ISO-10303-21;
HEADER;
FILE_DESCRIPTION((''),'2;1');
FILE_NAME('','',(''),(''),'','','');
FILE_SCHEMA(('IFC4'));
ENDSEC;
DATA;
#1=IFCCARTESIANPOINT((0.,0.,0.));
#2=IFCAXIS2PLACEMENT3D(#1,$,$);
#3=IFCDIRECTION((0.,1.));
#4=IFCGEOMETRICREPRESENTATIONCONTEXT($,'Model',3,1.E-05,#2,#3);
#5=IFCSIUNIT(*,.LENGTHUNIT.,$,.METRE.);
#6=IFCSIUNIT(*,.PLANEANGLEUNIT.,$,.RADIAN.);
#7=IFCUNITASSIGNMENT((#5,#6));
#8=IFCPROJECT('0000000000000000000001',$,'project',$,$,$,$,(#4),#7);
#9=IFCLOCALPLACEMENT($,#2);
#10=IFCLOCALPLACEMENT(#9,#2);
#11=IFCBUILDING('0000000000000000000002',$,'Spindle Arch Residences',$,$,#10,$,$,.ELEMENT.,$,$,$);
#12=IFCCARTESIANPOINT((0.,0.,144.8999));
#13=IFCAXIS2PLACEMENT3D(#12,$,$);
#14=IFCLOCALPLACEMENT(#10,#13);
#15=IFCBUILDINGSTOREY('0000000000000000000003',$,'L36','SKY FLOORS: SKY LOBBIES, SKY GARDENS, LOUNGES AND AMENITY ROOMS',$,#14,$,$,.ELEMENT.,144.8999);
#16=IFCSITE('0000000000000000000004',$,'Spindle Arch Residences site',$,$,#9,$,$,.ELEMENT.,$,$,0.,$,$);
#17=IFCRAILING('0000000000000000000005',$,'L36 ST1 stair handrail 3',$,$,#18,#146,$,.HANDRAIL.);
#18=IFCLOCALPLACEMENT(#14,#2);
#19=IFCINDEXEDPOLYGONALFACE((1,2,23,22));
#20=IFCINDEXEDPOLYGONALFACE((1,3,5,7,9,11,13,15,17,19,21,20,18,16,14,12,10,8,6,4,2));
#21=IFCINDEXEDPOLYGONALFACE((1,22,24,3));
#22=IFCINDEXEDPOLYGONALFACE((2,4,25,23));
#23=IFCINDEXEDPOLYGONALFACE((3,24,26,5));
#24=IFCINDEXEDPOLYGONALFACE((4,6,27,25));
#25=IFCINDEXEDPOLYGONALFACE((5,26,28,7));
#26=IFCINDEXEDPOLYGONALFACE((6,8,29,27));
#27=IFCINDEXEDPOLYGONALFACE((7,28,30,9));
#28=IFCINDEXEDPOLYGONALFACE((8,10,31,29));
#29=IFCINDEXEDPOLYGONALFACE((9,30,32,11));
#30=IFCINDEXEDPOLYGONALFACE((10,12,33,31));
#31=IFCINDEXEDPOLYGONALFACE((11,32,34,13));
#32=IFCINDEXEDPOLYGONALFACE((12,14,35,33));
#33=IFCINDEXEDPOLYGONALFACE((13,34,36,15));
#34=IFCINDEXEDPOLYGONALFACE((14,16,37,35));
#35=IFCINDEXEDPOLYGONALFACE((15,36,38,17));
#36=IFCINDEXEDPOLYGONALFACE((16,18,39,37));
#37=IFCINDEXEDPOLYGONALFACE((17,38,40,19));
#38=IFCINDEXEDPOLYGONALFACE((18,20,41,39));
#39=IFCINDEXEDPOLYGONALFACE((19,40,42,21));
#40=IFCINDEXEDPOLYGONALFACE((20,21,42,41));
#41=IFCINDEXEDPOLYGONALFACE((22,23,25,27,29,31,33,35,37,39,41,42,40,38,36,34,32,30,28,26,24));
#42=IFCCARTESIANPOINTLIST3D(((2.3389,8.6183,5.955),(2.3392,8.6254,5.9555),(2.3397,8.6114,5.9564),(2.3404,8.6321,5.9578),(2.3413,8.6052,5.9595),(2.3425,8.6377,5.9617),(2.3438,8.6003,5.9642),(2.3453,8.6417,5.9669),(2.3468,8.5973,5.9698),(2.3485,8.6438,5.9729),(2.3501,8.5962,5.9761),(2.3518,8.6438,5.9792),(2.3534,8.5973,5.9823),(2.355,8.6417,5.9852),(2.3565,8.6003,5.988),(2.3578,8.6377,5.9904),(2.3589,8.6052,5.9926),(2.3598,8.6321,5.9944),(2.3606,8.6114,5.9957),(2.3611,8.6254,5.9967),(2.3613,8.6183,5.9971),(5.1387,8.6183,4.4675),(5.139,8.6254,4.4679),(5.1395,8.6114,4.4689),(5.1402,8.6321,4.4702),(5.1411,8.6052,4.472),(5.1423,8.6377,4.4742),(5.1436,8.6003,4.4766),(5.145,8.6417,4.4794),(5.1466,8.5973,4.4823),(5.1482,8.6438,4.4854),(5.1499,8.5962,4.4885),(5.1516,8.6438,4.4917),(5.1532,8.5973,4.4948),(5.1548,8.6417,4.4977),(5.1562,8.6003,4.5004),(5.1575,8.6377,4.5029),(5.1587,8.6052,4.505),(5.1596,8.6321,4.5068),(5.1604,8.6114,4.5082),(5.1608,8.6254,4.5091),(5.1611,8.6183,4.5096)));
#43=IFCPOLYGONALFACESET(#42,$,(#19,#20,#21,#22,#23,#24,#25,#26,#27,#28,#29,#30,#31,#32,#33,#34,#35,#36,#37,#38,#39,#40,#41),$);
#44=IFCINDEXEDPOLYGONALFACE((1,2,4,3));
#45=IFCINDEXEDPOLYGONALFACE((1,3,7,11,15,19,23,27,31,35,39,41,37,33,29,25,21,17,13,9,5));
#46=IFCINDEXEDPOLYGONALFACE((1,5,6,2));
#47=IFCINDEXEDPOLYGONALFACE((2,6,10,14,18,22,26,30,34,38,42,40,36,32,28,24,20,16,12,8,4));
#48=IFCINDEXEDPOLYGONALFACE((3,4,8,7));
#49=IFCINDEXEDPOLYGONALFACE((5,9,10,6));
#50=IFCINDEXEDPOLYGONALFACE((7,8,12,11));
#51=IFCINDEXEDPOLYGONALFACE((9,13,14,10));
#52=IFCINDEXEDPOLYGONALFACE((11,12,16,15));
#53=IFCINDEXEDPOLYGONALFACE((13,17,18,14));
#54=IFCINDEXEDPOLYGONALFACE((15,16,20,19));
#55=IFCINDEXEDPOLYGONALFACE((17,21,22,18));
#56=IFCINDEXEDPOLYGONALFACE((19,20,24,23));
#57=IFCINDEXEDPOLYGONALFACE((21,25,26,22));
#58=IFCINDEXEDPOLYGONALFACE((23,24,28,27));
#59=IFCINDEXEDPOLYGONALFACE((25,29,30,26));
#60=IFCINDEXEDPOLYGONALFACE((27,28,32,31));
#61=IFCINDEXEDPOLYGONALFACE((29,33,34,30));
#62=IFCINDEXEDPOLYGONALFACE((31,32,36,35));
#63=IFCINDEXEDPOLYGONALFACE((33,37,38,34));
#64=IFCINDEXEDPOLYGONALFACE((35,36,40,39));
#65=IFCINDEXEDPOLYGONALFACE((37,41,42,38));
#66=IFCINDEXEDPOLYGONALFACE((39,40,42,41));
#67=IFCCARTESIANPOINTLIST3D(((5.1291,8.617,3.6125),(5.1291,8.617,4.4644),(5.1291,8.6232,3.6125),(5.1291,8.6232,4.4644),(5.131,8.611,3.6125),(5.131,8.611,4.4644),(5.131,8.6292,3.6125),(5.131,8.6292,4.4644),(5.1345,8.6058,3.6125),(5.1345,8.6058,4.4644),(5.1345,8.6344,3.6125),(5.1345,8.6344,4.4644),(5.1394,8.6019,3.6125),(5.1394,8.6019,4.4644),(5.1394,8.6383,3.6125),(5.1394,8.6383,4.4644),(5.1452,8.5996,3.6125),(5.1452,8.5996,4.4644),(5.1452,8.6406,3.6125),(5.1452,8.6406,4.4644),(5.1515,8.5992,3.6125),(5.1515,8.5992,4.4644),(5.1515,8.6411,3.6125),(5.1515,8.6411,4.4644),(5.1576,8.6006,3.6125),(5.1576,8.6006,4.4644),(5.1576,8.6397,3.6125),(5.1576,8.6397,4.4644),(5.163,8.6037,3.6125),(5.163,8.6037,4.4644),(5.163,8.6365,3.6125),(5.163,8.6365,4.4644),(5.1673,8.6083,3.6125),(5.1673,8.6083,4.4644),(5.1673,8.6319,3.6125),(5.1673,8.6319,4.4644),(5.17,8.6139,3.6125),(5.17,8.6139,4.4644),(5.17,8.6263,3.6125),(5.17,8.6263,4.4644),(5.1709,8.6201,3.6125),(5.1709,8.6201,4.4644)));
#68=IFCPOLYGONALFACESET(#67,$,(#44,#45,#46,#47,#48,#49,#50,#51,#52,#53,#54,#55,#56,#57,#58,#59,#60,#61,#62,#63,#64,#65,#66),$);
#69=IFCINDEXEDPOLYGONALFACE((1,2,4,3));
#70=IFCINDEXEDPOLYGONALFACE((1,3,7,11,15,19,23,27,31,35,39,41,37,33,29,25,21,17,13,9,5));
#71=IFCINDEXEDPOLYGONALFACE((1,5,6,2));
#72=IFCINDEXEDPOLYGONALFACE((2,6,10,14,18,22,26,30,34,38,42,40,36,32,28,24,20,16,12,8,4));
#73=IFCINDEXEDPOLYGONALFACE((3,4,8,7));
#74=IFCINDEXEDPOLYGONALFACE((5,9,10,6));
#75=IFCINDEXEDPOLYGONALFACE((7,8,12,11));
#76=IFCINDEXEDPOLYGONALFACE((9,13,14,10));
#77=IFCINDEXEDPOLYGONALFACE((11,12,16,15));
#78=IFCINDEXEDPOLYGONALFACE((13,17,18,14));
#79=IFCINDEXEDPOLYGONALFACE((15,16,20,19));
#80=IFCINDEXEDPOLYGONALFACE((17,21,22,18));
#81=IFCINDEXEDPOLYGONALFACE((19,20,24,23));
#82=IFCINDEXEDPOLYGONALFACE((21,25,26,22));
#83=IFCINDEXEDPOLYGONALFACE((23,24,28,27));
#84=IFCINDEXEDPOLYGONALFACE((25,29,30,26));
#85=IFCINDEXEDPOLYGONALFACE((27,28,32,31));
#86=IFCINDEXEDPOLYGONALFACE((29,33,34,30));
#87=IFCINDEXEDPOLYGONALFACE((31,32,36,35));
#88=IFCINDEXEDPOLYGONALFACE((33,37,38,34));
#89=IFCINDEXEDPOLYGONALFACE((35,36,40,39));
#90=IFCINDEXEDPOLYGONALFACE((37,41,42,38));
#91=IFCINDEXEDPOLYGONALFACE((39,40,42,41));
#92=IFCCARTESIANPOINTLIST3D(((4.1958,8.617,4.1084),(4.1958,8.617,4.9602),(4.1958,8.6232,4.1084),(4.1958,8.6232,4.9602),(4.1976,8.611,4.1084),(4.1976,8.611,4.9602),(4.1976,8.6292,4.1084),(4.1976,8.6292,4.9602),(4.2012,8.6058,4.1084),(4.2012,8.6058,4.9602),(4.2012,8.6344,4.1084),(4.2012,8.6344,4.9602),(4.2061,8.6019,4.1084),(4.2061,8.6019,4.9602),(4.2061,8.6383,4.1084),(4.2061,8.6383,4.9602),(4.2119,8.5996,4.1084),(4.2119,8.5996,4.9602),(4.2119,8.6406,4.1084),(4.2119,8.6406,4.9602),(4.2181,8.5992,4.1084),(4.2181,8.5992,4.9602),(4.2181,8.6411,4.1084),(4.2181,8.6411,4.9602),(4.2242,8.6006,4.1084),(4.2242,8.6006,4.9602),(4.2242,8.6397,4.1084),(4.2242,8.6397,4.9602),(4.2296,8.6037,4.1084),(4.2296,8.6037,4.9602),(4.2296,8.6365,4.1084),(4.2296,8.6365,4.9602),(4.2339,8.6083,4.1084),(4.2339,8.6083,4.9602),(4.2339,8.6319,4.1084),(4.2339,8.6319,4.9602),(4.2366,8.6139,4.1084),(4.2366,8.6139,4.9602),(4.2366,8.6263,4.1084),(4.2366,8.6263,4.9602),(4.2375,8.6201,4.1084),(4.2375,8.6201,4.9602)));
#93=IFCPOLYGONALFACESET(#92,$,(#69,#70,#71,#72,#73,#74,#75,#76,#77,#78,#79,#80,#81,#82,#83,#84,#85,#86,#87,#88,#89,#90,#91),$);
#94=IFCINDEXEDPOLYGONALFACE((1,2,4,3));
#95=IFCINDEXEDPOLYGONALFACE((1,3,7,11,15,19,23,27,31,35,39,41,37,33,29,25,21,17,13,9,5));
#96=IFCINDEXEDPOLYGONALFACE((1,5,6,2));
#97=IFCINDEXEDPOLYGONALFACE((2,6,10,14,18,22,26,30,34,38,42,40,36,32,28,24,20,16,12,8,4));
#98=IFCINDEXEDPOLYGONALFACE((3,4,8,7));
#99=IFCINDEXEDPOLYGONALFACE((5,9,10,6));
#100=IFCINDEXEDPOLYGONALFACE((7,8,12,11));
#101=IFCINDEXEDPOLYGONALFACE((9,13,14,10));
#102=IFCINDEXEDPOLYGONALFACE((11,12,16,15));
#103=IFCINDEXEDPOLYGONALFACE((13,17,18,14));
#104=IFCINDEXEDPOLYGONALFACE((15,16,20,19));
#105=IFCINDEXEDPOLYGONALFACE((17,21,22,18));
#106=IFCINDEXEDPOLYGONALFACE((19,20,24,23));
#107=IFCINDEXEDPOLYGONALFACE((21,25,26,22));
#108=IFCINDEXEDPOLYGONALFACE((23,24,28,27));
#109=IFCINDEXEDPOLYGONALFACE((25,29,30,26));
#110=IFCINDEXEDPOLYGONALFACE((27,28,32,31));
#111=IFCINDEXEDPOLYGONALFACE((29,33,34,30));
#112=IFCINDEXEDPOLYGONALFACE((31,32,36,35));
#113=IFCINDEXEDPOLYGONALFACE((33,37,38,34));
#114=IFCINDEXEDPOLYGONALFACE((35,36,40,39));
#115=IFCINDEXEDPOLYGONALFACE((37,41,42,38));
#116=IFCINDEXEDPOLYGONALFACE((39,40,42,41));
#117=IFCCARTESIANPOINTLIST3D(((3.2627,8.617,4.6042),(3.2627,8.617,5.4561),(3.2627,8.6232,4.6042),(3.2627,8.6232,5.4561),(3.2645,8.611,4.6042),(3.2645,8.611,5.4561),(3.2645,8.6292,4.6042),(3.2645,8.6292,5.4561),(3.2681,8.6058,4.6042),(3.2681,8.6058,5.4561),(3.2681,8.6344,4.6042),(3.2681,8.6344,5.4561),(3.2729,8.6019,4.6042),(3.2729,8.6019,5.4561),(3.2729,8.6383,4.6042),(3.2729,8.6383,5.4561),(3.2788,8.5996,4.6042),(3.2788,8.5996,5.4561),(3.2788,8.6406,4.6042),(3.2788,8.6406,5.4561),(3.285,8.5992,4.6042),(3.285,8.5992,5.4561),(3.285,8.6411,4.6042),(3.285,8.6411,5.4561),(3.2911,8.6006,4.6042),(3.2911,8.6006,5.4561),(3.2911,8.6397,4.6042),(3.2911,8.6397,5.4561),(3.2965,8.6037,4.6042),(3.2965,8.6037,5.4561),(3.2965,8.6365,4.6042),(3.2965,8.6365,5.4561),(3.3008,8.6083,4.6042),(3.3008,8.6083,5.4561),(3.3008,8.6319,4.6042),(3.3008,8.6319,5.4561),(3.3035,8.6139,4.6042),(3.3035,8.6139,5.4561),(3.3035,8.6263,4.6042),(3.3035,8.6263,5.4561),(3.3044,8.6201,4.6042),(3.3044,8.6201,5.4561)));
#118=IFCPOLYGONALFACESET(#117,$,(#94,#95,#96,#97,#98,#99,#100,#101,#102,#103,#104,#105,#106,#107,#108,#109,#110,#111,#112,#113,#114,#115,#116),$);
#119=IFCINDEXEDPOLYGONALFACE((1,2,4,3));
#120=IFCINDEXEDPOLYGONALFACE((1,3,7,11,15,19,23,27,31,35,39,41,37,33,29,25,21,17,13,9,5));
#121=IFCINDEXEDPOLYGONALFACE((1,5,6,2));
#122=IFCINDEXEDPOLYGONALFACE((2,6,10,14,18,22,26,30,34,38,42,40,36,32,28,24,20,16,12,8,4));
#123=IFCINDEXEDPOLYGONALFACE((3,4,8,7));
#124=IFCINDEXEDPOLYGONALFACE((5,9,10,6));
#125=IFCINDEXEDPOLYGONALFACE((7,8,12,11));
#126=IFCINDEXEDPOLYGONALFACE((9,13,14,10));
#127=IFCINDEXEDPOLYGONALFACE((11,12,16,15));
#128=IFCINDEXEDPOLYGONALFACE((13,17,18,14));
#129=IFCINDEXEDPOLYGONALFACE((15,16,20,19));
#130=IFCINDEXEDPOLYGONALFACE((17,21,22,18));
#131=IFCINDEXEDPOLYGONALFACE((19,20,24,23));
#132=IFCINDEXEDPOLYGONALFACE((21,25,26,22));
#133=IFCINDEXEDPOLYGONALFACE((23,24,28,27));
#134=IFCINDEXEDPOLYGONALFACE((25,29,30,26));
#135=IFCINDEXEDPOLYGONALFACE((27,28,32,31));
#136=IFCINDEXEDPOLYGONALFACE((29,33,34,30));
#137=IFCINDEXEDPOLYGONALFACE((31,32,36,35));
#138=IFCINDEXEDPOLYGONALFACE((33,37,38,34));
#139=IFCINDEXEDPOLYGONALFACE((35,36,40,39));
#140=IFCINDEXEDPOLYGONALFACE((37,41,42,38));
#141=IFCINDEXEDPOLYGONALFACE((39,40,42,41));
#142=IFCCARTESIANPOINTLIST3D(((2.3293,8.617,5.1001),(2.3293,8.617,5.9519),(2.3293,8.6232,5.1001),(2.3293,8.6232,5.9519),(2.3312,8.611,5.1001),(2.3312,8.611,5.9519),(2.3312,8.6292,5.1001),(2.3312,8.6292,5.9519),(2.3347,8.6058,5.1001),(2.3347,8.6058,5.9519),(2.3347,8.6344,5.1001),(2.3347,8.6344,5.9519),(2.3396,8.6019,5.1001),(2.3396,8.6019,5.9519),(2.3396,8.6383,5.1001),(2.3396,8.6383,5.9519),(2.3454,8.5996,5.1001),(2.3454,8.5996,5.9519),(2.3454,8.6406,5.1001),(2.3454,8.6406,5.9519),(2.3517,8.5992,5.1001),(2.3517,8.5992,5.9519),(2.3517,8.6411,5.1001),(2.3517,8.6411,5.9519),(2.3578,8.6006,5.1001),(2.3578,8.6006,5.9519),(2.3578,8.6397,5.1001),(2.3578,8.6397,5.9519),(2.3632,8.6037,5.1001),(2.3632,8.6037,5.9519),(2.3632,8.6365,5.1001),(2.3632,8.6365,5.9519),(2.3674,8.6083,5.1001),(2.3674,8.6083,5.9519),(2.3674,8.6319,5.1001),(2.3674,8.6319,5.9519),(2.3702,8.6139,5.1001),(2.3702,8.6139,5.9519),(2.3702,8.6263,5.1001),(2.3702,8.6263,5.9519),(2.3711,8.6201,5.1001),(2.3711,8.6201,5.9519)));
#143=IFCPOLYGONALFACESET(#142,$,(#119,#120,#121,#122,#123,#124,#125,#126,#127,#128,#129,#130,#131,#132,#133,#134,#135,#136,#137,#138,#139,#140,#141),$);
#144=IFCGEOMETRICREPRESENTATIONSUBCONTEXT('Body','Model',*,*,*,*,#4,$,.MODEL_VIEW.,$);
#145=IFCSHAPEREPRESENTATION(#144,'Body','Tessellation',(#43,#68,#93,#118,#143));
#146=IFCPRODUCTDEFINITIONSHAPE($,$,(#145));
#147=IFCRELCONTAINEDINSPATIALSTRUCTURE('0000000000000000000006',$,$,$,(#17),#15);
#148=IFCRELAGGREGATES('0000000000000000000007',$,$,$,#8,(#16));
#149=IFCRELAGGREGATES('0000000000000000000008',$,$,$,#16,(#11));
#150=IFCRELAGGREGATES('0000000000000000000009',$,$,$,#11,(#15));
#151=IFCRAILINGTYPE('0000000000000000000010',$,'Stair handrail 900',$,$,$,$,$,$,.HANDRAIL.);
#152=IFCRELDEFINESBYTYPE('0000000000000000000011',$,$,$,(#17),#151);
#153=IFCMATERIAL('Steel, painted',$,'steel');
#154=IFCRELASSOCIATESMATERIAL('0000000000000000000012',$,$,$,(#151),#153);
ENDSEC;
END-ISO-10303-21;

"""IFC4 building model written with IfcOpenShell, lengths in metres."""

from ifc_helpers import new_model, si_unit, direction, frame, origin, origin_2d, place, context, subcontext, project, spatial, circle, extrude, material, type_object, element, save


model = new_model("IFC4")

# Units and contexts
model_context = context("Model", 3, precision=1e-05, world=origin(), true_north=direction((0.0, 1.0)))
body_context = subcontext(model_context, "Body", "Model", "MODEL_VIEW")
ifc_project = project(units=[si_unit("LENGTHUNIT", "METRE"), si_unit("PLANEANGLEUNIT", "RADIAN")], contexts=[model_context])

# Site, building, storey
site_placement = place(None, origin())
site = spatial("IfcSite", under=ifc_project, at=site_placement, Name="Spindle Arch Residences site", CompositionType="ELEMENT", RefElevation=0.0)
building_placement = place(site_placement, origin())
building = spatial("IfcBuilding", under=site, at=building_placement, Name="Spindle Arch Residences", CompositionType="ELEMENT")
storey_placement = place(building_placement, frame((0.0, 0.0, 144.8999)))
storey = spatial("IfcBuildingStorey", under=building, at=storey_placement, Name="L36", Description="SKY FLOORS: SKY LOBBIES, SKY GARDENS, LOUNGES AND AMENITY ROOMS", CompositionType="ELEMENT", Elevation=144.8999)

# Railing
ifc_material_1 = material(Name="Steel, painted", Category="steel")
railing_type_1 = type_object("IfcRailingType", Name="Stair handrail 900", PredefinedType="HANDRAIL", material=ifc_material_1)
railing_1_placement = place(storey_placement, frame((5.1499, 8.6201, 3.6125)))
element("IfcRailing", 1, at=railing_1_placement, inside=storey, type_object=railing_type_1, Name="L36 ST1 stair handrail 3", PredefinedType="HANDRAIL", context=body_context, shape_type="SweptSolid", body=[
    extrude(circle(Radius=0.0239, at=origin_2d()), frame((0.0, 0.0, 0.876), z_axis=(-0.883096, 0.0, 0.469193), x_axis=(0.0, -1.0, 0.0)), (0.0, 0.0, 1.0), 3.1704),
    extrude(circle(Radius=0.021, at=origin_2d()), origin(), (0.0, 0.0, 1.0), 0.8518),
    extrude(circle(Radius=0.021, at=origin_2d()), frame((-0.9333, 0.0, 0.4958)), (0.0, 0.0, 1.0), 0.8518),
    extrude(circle(Radius=0.021, at=origin_2d()), frame((-1.8665, 0.0, 0.9917)), (0.0, 0.0, 1.0), 0.8518),
    extrude(circle(Radius=0.021, at=origin_2d()), frame((-2.7998, 0.0, 1.4875)), (0.0, 0.0, 1.0), 0.8518),
])

save(model, "model.ifc")
